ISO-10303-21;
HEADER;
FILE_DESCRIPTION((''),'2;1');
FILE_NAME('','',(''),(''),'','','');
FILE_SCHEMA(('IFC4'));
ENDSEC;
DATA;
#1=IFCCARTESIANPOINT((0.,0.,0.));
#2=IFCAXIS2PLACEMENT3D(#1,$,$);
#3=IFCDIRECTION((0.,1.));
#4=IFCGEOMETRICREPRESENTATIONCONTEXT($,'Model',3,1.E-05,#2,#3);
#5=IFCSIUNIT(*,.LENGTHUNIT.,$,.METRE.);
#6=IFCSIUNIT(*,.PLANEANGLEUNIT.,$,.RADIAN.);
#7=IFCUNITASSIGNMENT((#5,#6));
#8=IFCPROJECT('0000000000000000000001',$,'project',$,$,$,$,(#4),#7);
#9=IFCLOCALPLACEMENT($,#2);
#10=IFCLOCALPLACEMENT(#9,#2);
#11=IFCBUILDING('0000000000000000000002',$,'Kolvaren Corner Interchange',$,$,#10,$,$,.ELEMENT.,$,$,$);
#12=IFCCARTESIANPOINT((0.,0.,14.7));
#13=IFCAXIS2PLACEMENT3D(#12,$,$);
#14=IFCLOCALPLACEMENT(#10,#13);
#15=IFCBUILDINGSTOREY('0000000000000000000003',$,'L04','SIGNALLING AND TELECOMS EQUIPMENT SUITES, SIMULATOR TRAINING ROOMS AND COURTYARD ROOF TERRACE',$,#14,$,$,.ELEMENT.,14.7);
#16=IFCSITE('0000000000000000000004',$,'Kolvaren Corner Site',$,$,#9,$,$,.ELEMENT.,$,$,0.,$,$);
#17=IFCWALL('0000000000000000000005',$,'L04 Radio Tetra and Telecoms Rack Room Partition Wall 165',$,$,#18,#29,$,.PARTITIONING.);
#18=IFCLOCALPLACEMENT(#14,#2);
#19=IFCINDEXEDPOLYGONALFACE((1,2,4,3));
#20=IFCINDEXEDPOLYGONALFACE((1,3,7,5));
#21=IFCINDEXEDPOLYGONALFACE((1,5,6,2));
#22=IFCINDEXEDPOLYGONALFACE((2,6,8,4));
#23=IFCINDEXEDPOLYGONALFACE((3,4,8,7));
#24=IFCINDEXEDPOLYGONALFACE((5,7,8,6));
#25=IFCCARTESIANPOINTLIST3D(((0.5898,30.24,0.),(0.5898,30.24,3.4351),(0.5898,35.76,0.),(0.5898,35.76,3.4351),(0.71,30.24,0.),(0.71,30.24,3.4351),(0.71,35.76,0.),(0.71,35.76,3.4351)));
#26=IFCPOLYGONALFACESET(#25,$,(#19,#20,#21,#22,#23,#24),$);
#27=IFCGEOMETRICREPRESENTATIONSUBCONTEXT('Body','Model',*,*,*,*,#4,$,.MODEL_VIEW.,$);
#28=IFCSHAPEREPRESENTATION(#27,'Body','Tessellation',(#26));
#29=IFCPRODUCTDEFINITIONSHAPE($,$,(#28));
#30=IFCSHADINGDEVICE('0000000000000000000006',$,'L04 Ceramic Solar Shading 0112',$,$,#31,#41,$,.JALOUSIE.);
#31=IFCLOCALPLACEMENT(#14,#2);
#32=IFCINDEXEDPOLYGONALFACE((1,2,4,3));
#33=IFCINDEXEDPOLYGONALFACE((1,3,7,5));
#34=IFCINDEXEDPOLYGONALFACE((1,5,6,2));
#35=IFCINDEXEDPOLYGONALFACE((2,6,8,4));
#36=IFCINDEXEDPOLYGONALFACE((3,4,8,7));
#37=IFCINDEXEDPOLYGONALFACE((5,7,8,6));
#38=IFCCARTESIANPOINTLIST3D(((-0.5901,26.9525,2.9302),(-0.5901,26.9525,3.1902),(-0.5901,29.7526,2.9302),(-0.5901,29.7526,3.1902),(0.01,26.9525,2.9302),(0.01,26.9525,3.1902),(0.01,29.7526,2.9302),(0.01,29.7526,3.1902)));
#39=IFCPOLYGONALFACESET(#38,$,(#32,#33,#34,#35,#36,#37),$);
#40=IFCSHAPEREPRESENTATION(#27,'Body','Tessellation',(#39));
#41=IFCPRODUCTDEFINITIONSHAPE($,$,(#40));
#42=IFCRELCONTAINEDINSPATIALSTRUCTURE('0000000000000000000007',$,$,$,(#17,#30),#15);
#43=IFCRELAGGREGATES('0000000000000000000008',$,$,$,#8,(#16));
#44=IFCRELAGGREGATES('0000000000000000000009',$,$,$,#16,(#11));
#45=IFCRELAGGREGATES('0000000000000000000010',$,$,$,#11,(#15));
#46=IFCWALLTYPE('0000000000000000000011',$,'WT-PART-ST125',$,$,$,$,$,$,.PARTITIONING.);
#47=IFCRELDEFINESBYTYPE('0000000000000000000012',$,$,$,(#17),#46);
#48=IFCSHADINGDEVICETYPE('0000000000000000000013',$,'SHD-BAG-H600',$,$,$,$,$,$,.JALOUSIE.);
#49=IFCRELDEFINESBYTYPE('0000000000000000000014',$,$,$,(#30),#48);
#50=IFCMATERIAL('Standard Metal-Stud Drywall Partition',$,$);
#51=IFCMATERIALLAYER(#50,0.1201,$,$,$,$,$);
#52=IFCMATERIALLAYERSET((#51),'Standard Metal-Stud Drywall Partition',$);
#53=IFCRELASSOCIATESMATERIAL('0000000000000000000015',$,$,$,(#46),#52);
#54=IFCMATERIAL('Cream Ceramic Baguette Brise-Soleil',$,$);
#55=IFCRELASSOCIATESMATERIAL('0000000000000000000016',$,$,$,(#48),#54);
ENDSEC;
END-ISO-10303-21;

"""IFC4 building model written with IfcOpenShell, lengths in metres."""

from ifc_helpers import new_model, si_unit, direction, frame, frame_2d, origin, origin_2d, place, context, subcontext, project, spatial, rectangle, extrude, material, layer, layer_set, type_object, element, save


model = new_model("IFC4")

# Units and contexts
model_context = context("Model", 3, precision=1e-05, world=origin(), true_north=direction((0.0, 1.0)))
body_context = subcontext(model_context, "Body", "Model", "MODEL_VIEW")
ifc_project = project(units=[si_unit("LENGTHUNIT", "METRE"), si_unit("PLANEANGLEUNIT", "RADIAN")], contexts=[model_context])

# Site, building, storey
site_placement = place(None, origin())
site = spatial("IfcSite", under=ifc_project, at=site_placement, Name="Kolvaren Corner Site", CompositionType="ELEMENT", RefElevation=0.0)
building_placement = place(site_placement, origin())
building = spatial("IfcBuilding", under=site, at=building_placement, Name="Kolvaren Corner Interchange", CompositionType="ELEMENT")
storey_placement = place(building_placement, frame((0.0, 0.0, 14.7)))
storey = spatial("IfcBuildingStorey", under=building, at=storey_placement, Name="L04", Description="SIGNALLING AND TELECOMS EQUIPMENT SUITES, SIMULATOR TRAINING ROOMS AND COURTYARD ROOF TERRACE", CompositionType="ELEMENT", Elevation=14.7)

# Wall
ifc_material_1 = material(Name="Standard Metal-Stud Drywall Partition")
ifc_layer_1 = layer(ifc_material_1, 0.1201)
ifc_layer_set_1 = layer_set([ifc_layer_1], Name="Standard Metal-Stud Drywall Partition")
wall_type_1 = type_object("IfcWallType", Name="WT-PART-ST125", PredefinedType="PARTITIONING", material=ifc_layer_set_1)
wall_1_placement = place(storey_placement, frame((0.6499, 35.76, 0.0), z_axis=(0.0, 0.0, 1.0), x_axis=(0.0, -1.0, 0.0)))
element("IfcWall", 1, at=wall_1_placement, inside=storey, type_object=wall_type_1, Name="L04 Radio Tetra and Telecoms Rack Room Partition Wall 165", PredefinedType="PARTITIONING", context=body_context, shape_type="SweptSolid", body=[
    extrude(rectangle(XDim=5.52, YDim=0.1201, at=frame_2d((2.76, 0.0))), origin(), (0.0, 0.0, 1.0), 3.4351),
])

# Shading device
ifc_material_2 = material(Name="Cream Ceramic Baguette Brise-Soleil")
shading_device_type = type_object("IfcShadingDeviceType", Name="SHD-BAG-H600", PredefinedType="JALOUSIE", material=ifc_material_2)
shading_device_placement = place(storey_placement, frame((-0.29, 28.3525, 2.9302), z_axis=(0.0, 0.0, 1.0), x_axis=(0.0, -1.0, 0.0)))
element("IfcShadingDevice", 2, at=shading_device_placement, inside=storey, type_object=shading_device_type, Name="L04 Ceramic Solar Shading 0112", PredefinedType="JALOUSIE", context=body_context, shape_type="SweptSolid", body=[
    extrude(rectangle(XDim=2.8, YDim=0.6001, at=origin_2d()), origin(), (0.0, 0.0, 1.0), 0.26),
])

save(model, "model.ifc")
